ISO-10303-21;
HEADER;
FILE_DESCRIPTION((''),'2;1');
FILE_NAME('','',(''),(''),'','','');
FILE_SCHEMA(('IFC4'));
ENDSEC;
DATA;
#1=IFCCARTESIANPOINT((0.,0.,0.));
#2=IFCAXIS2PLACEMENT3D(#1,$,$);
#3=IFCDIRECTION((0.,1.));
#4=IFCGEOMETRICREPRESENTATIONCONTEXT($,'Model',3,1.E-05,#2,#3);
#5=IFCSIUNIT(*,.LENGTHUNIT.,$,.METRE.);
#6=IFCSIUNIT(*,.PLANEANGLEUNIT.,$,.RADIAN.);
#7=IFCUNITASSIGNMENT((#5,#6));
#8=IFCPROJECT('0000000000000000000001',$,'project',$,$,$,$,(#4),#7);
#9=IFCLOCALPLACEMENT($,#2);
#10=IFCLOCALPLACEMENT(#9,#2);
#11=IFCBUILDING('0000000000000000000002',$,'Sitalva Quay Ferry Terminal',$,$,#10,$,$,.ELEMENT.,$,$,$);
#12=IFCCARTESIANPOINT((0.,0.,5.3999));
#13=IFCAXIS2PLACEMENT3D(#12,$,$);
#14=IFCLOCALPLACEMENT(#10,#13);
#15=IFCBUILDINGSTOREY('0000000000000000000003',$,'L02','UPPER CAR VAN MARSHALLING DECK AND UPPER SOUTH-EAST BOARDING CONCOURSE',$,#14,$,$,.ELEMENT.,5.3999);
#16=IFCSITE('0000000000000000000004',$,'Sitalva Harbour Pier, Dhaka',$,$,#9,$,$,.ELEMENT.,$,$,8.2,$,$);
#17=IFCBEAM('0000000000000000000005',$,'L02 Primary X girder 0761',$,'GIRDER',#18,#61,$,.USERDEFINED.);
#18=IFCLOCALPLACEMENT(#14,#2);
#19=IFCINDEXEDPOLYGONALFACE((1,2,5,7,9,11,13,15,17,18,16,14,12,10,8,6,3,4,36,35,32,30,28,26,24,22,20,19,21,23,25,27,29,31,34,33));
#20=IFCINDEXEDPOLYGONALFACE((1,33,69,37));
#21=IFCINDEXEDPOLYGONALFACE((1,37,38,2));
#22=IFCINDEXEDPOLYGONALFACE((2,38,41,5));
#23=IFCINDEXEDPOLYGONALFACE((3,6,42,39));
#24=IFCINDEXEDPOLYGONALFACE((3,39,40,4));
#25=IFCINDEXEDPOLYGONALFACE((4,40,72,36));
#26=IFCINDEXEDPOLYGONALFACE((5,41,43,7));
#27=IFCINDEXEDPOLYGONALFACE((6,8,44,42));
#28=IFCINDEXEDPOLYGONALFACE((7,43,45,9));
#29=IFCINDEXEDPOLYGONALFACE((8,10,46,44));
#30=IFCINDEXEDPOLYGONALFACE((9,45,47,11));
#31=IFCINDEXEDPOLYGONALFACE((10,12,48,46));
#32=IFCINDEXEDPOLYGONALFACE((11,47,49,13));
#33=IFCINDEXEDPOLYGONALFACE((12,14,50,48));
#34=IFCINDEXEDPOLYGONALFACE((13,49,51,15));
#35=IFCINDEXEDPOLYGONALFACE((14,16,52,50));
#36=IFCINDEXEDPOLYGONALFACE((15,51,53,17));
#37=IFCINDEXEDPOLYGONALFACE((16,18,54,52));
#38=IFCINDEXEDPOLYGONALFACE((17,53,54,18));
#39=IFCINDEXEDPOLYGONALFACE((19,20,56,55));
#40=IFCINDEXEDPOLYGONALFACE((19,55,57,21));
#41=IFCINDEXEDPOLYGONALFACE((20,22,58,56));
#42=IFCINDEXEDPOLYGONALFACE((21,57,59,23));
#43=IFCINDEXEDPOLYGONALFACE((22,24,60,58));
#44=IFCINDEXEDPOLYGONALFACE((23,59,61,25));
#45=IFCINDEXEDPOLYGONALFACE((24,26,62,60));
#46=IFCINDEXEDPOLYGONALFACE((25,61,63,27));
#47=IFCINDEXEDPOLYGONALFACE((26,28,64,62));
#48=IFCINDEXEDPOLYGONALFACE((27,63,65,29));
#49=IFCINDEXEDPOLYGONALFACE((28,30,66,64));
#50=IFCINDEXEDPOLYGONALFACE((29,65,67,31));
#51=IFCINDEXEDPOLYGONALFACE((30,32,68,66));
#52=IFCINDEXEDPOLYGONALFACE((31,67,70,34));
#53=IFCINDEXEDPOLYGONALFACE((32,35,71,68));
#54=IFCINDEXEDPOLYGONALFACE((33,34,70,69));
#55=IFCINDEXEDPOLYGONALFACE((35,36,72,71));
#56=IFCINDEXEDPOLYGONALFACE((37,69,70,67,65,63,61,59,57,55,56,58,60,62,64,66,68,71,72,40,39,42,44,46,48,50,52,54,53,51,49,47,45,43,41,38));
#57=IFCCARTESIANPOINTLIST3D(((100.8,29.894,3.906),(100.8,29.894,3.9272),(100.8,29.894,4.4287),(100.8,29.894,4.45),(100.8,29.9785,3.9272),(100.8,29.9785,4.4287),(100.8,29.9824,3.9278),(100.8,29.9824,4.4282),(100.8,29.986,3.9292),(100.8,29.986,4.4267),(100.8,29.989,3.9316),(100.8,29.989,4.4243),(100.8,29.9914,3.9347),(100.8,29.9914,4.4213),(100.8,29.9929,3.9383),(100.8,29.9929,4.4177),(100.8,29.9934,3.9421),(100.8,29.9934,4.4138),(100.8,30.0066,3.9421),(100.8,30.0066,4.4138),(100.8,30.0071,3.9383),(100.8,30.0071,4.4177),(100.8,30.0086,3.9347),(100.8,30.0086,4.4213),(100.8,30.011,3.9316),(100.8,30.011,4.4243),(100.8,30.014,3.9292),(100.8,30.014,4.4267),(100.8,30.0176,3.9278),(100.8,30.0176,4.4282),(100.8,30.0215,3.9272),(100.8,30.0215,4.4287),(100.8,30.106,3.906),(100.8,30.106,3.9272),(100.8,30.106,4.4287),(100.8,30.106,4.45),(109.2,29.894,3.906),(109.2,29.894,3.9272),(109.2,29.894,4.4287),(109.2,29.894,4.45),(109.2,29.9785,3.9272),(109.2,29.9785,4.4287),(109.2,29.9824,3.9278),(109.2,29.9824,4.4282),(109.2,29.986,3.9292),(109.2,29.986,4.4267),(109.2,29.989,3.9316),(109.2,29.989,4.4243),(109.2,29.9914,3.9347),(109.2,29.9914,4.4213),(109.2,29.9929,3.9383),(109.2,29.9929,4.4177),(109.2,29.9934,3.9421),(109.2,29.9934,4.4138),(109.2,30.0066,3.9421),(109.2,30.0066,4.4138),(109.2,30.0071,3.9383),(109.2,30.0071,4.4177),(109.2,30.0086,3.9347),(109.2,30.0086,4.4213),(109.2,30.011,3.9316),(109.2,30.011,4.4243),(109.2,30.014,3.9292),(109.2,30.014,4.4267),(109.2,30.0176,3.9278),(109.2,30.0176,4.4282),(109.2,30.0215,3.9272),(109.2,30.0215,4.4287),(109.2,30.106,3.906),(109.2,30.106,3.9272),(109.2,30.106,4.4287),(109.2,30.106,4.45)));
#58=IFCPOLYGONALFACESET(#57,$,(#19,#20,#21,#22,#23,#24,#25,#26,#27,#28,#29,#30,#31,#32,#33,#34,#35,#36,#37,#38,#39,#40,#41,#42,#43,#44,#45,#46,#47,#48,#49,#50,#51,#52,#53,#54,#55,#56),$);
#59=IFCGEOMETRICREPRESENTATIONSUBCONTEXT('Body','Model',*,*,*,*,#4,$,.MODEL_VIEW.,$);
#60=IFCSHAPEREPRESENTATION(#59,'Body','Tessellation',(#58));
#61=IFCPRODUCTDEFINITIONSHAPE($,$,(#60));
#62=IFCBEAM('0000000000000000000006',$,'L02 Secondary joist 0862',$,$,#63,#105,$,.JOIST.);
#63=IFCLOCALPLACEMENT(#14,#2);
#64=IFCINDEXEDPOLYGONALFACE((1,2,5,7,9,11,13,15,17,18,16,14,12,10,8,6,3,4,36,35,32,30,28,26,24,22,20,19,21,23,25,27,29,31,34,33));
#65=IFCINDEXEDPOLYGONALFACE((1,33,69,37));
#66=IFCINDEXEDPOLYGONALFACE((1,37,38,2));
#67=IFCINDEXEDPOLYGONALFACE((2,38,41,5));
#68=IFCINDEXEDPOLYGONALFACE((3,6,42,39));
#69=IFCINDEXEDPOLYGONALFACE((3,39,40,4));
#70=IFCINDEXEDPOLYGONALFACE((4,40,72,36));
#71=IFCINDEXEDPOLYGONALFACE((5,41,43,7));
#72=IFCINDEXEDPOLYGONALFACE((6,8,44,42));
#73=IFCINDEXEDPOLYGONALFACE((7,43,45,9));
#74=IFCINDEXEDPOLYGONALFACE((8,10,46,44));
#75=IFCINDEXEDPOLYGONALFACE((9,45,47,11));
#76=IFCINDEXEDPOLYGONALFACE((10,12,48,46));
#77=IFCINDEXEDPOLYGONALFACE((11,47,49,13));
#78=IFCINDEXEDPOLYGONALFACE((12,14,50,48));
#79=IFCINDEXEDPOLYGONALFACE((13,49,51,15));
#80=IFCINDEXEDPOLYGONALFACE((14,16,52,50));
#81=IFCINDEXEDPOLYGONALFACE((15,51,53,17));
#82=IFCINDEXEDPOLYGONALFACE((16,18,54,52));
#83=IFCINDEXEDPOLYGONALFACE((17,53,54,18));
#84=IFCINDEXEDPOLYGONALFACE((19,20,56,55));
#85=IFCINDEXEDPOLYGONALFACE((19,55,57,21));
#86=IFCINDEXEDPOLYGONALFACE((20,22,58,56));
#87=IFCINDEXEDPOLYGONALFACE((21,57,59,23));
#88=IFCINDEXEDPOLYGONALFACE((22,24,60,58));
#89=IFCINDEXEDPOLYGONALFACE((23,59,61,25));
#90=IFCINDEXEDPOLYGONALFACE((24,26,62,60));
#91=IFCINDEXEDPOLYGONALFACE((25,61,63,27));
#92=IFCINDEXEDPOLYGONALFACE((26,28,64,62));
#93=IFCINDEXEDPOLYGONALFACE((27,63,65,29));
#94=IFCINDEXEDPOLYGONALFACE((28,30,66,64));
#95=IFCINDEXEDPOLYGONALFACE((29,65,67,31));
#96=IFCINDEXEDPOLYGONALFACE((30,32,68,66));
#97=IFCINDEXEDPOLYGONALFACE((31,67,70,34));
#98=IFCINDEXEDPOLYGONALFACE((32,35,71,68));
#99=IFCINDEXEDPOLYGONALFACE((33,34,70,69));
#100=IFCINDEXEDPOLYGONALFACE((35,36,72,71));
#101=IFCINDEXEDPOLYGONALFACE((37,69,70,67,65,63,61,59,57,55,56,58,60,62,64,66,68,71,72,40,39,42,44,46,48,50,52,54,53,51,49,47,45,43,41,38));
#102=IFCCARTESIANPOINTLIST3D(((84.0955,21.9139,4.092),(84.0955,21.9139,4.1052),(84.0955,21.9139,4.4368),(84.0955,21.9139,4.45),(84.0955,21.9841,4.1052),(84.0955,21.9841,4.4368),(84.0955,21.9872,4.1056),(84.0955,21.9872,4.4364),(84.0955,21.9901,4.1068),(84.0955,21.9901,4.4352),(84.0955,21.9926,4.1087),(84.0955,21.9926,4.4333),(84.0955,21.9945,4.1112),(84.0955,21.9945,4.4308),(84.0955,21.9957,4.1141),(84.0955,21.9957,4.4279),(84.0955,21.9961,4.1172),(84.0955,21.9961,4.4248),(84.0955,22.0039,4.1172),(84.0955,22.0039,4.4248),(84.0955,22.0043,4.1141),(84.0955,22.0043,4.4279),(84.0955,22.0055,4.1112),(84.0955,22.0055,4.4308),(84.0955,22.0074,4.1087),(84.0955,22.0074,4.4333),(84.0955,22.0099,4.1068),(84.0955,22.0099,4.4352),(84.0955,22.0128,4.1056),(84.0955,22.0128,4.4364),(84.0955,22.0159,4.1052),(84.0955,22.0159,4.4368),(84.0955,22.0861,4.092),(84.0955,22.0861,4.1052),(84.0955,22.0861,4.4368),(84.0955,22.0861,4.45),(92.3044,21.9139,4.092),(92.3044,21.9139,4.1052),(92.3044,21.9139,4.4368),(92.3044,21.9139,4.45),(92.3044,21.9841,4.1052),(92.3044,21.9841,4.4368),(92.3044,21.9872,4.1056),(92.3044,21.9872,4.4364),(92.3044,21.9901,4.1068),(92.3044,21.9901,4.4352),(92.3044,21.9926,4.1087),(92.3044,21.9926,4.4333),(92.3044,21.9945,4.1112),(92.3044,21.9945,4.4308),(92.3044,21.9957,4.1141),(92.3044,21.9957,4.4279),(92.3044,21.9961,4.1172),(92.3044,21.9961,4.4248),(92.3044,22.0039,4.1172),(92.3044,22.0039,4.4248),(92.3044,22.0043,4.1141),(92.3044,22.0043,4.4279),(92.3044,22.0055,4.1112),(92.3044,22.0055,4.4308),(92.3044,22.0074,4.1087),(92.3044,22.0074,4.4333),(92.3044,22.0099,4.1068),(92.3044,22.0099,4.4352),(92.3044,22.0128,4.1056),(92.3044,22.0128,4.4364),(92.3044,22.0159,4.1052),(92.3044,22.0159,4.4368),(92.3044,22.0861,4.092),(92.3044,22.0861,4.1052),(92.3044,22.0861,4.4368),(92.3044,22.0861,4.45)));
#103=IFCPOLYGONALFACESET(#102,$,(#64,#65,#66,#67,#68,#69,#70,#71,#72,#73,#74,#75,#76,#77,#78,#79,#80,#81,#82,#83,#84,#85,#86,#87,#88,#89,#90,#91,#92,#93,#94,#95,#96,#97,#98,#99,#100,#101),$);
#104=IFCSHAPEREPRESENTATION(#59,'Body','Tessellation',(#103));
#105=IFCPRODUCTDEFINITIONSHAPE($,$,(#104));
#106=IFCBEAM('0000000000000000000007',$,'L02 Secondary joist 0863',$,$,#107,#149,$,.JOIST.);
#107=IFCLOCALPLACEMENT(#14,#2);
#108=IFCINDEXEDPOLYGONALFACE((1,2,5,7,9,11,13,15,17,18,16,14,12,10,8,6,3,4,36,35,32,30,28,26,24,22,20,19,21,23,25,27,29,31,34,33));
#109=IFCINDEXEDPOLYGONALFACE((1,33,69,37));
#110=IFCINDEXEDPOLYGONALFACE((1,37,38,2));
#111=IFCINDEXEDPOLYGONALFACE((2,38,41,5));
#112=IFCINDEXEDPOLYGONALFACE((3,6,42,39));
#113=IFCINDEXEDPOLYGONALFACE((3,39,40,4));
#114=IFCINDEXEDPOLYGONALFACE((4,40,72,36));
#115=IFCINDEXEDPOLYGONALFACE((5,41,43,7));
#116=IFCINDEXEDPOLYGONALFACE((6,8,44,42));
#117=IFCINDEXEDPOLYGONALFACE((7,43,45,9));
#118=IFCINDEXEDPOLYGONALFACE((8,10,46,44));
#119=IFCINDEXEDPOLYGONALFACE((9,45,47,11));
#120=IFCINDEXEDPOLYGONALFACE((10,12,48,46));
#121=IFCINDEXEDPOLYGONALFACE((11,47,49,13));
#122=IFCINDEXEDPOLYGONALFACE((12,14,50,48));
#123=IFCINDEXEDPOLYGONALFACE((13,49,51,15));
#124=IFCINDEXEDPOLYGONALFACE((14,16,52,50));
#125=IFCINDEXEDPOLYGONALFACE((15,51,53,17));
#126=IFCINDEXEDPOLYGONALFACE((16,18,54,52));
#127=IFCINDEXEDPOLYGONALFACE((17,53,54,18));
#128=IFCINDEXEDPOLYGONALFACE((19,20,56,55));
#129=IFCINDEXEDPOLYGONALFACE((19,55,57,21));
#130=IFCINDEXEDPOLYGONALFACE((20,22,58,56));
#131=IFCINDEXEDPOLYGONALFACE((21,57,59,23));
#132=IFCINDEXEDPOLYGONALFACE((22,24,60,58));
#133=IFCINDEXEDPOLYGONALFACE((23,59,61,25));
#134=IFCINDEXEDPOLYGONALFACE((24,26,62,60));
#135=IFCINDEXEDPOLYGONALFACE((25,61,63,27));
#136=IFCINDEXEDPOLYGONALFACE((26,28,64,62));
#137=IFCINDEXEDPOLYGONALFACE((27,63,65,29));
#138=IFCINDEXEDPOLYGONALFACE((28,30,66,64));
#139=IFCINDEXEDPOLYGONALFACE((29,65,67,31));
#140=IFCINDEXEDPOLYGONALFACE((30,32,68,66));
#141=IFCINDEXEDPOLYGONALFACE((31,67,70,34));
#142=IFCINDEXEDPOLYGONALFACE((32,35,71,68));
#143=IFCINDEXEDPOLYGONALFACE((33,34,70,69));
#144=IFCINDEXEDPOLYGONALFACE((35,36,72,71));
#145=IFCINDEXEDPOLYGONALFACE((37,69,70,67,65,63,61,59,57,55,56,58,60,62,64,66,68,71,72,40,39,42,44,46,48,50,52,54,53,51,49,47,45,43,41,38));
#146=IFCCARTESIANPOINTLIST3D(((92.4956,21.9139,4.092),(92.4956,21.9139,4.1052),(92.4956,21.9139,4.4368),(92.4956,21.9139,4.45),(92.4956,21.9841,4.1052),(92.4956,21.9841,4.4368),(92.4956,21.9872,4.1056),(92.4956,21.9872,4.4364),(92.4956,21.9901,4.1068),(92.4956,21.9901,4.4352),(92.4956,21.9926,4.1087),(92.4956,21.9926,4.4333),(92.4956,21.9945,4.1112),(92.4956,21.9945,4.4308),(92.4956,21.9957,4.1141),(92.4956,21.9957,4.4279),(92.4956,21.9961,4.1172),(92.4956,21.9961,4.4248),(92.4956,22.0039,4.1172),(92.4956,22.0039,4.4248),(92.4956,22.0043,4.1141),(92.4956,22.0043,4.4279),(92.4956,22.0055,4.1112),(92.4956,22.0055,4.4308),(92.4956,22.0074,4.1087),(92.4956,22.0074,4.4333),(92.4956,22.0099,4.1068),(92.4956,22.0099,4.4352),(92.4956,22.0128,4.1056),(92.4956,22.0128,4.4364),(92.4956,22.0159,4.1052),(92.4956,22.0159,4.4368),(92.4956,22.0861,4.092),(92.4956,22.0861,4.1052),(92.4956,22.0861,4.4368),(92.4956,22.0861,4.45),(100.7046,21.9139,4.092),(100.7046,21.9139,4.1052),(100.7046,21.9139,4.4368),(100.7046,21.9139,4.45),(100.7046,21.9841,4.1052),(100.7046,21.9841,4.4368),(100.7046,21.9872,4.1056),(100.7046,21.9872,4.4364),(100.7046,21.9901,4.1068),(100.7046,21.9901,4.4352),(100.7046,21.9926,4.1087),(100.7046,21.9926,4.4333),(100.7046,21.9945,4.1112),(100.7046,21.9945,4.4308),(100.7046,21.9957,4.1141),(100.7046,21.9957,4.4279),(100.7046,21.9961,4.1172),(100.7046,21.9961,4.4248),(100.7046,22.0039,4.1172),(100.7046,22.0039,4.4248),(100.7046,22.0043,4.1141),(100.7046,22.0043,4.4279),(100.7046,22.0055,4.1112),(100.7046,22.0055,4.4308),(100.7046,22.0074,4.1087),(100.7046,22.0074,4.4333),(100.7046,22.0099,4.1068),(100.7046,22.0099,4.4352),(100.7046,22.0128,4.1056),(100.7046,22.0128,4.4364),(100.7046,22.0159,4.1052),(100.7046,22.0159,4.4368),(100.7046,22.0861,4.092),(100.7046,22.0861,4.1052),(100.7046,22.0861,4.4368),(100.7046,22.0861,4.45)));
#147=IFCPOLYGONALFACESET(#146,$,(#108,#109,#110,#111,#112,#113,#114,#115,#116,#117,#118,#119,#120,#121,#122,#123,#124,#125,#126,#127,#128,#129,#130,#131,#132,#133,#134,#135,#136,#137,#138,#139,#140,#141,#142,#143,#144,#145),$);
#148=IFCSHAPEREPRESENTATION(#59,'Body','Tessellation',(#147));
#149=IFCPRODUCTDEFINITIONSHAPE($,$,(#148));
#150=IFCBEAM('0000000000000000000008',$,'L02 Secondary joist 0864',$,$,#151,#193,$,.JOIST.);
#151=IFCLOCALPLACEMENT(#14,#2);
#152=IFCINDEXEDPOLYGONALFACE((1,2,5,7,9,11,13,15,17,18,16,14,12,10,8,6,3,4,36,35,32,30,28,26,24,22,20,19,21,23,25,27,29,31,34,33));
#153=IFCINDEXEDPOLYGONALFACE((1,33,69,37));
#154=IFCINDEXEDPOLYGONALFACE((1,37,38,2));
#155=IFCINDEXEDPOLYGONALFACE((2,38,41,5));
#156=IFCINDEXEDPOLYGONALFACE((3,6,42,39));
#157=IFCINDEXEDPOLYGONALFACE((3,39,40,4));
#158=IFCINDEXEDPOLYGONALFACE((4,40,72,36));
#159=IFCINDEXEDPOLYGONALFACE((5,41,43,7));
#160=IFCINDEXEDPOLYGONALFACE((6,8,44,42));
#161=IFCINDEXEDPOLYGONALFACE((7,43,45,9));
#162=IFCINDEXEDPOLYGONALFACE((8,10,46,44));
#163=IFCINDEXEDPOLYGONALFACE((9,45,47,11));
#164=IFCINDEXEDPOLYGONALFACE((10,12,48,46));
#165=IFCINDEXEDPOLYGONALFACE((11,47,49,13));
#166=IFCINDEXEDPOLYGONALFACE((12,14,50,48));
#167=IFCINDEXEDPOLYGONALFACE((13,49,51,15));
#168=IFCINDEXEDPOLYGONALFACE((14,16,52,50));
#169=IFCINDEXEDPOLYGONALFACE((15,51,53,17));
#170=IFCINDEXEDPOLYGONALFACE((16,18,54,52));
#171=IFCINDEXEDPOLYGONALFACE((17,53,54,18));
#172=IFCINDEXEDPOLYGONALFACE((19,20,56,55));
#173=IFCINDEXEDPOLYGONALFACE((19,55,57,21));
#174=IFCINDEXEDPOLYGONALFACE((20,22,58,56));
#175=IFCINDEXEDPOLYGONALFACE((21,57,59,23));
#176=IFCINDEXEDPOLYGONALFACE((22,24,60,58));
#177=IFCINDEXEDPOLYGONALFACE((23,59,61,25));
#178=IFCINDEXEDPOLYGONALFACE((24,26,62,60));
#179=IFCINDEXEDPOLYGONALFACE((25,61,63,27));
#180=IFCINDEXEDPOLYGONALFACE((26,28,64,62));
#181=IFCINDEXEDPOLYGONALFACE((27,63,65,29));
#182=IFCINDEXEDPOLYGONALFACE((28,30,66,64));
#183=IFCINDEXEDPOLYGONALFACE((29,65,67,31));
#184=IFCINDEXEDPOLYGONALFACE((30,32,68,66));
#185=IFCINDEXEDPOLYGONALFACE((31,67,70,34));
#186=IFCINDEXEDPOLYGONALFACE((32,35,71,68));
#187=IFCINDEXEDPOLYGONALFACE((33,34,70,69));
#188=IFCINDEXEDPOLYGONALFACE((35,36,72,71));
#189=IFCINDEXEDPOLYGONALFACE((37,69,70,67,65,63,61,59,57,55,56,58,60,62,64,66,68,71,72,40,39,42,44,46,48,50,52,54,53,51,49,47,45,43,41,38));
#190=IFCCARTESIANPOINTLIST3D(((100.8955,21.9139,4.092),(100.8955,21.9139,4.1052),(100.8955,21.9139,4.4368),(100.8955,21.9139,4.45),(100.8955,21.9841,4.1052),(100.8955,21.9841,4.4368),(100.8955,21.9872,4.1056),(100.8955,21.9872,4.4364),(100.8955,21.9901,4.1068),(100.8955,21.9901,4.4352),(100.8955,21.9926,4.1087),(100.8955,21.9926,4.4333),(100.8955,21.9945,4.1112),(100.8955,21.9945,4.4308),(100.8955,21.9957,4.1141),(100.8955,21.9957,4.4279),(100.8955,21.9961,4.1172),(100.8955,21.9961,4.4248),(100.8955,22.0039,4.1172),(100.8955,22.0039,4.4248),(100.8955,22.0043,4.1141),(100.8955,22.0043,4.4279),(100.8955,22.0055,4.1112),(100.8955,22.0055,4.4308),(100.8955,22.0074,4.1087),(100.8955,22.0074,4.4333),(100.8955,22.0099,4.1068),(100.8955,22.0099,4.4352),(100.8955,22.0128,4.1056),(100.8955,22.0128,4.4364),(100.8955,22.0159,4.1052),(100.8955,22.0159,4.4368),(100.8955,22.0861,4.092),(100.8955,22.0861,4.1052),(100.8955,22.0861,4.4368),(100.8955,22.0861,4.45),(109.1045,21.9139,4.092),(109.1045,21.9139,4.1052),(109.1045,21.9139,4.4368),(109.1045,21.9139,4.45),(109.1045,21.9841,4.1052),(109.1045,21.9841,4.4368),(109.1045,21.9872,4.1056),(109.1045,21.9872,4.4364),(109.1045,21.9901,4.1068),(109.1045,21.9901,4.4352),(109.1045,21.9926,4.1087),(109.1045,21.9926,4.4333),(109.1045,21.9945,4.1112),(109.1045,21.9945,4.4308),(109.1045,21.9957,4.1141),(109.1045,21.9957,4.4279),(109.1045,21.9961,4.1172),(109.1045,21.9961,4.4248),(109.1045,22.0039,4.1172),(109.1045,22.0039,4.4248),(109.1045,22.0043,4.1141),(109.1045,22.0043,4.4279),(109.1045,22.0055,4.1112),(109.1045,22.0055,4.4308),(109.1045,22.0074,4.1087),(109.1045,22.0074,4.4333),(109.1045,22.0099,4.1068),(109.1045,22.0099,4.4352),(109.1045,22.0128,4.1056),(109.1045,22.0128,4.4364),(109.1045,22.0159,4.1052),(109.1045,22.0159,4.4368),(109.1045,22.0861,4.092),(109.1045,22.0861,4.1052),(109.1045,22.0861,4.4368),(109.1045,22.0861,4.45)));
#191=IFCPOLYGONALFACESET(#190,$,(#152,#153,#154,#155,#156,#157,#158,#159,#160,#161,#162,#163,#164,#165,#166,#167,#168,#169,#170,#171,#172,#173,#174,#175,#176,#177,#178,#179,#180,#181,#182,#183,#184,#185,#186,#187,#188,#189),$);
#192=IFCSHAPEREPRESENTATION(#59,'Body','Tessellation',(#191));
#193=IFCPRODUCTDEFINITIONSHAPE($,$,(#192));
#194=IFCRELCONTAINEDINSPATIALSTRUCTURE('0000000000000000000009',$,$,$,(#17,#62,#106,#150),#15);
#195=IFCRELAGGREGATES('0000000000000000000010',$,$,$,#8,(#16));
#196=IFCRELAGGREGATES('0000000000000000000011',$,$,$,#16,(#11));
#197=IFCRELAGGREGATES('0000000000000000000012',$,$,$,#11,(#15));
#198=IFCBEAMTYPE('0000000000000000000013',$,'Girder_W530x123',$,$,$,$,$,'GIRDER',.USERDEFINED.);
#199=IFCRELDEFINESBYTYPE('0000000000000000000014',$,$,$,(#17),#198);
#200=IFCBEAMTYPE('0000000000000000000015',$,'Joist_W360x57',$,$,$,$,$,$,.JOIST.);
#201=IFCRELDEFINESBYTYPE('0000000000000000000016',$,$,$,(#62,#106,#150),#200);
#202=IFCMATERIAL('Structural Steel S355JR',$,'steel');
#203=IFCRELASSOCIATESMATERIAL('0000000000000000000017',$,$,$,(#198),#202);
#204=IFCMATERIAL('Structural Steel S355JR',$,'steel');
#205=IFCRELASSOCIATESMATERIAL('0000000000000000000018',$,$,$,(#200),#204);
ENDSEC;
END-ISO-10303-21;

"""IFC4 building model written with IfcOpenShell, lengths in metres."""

from ifc_helpers import new_model, si_unit, direction, frame, origin, origin_2d, place, context, subcontext, project, spatial, i_section, extrude, material, material_profile, profile_set, type_object, element, save


model = new_model("IFC4")

# Units and contexts
model_context = context("Model", 3, precision=1e-05, world=origin(), true_north=direction((0.0, 1.0)))
body_context = subcontext(model_context, "Body", "Model", "MODEL_VIEW")
ifc_project = project(units=[si_unit("LENGTHUNIT", "METRE"), si_unit("PLANEANGLEUNIT", "RADIAN")], contexts=[model_context])

# Site, building, storey
site_placement = place(None, origin())
site = spatial("IfcSite", under=ifc_project, at=site_placement, Name="Sitalva Harbour Pier, Dhaka", CompositionType="ELEMENT", RefElevation=8.2)
building_placement = place(site_placement, origin())
building = spatial("IfcBuilding", under=site, at=building_placement, Name="Sitalva Quay Ferry Terminal", CompositionType="ELEMENT")
storey_placement = place(building_placement, frame((0.0, 0.0, 5.3999)))
storey = spatial("IfcBuildingStorey", under=building, at=storey_placement, Name="L02", Description="UPPER CAR VAN MARSHALLING DECK AND UPPER SOUTH-EAST BOARDING CONCOURSE", CompositionType="ELEMENT", Elevation=5.3999)

# Beams
ifc_material_1 = material(Name="Structural Steel S355JR", Category="steel")
ifc_material_profile_1 = material_profile(ifc_material_1, i_section(OverallWidth=0.2119, OverallDepth=0.5439, WebThickness=0.0132, FlangeThickness=0.0212, FilletRadius=0.0149, at=origin_2d()), Name="W530x123")
ifc_profile_set_1 = profile_set([ifc_material_profile_1], Name="Structural Steel S355JR")
beam_type_1 = type_object("IfcBeamType", Name="Girder_W530x123", ElementType="GIRDER", PredefinedType="USERDEFINED", material=ifc_profile_set_1)
beam_1_placement = place(storey_placement, frame((100.8, 30.0, 4.178), z_axis=(1.0, 0.0, 0.0), x_axis=(0.0, 1.0, 0.0)))
element("IfcBeam", 1, at=beam_1_placement, inside=storey, type_object=beam_type_1, Name="L02 Primary X girder 0761", ObjectType="GIRDER", PredefinedType="USERDEFINED", context=body_context, shape_type="SweptSolid", body=[
    extrude(i_section(OverallWidth=0.2119, OverallDepth=0.5439, WebThickness=0.0132, FlangeThickness=0.0212, FilletRadius=0.0149, at=origin_2d()), origin(), (0.0, 0.0, 1.0), 8.3999),
])
ifc_material_2 = material(Name="Structural Steel S355JR", Category="steel")
ifc_material_profile_2 = material_profile(ifc_material_2, i_section(OverallWidth=0.1721, OverallDepth=0.3579, WebThickness=0.0078, FlangeThickness=0.0132, FilletRadius=0.012, at=origin_2d()), Name="W360x57")
ifc_profile_set_2 = profile_set([ifc_material_profile_2], Name="Structural Steel S355JR")
beam_type_2 = type_object("IfcBeamType", Name="Joist_W360x57", PredefinedType="JOIST", material=ifc_profile_set_2)
for number, where, z_axis, x_axis, name in (
    (2, (84.0955, 22.0, 4.271), (1.0, 0.0, 0.0), (0.0, 1.0, 0.0), "L02 Secondary joist 0862"),
    (3, (92.4956, 22.0, 4.271), (1.0, 0.0, 0.0), (0.0, 1.0, 0.0), "L02 Secondary joist 0863"),
    (4, (100.8955, 22.0, 4.271), (1.0, 0.0, 0.0), (0.0, 1.0, 0.0), "L02 Secondary joist 0864"),
):
    element("IfcBeam", number, at=place(storey_placement, frame(where, z_axis=z_axis, x_axis=x_axis)), inside=storey, type_object=beam_type_2, Name=name, PredefinedType="JOIST", context=body_context, shape_type="SweptSolid", body=[
        extrude(i_section(OverallWidth=0.1721, OverallDepth=0.3579, WebThickness=0.0078, FlangeThickness=0.0132, FilletRadius=0.012, at=origin_2d()), origin(), (0.0, 0.0, 1.0), 8.209),
    ])

save(model, "model.ifc")
